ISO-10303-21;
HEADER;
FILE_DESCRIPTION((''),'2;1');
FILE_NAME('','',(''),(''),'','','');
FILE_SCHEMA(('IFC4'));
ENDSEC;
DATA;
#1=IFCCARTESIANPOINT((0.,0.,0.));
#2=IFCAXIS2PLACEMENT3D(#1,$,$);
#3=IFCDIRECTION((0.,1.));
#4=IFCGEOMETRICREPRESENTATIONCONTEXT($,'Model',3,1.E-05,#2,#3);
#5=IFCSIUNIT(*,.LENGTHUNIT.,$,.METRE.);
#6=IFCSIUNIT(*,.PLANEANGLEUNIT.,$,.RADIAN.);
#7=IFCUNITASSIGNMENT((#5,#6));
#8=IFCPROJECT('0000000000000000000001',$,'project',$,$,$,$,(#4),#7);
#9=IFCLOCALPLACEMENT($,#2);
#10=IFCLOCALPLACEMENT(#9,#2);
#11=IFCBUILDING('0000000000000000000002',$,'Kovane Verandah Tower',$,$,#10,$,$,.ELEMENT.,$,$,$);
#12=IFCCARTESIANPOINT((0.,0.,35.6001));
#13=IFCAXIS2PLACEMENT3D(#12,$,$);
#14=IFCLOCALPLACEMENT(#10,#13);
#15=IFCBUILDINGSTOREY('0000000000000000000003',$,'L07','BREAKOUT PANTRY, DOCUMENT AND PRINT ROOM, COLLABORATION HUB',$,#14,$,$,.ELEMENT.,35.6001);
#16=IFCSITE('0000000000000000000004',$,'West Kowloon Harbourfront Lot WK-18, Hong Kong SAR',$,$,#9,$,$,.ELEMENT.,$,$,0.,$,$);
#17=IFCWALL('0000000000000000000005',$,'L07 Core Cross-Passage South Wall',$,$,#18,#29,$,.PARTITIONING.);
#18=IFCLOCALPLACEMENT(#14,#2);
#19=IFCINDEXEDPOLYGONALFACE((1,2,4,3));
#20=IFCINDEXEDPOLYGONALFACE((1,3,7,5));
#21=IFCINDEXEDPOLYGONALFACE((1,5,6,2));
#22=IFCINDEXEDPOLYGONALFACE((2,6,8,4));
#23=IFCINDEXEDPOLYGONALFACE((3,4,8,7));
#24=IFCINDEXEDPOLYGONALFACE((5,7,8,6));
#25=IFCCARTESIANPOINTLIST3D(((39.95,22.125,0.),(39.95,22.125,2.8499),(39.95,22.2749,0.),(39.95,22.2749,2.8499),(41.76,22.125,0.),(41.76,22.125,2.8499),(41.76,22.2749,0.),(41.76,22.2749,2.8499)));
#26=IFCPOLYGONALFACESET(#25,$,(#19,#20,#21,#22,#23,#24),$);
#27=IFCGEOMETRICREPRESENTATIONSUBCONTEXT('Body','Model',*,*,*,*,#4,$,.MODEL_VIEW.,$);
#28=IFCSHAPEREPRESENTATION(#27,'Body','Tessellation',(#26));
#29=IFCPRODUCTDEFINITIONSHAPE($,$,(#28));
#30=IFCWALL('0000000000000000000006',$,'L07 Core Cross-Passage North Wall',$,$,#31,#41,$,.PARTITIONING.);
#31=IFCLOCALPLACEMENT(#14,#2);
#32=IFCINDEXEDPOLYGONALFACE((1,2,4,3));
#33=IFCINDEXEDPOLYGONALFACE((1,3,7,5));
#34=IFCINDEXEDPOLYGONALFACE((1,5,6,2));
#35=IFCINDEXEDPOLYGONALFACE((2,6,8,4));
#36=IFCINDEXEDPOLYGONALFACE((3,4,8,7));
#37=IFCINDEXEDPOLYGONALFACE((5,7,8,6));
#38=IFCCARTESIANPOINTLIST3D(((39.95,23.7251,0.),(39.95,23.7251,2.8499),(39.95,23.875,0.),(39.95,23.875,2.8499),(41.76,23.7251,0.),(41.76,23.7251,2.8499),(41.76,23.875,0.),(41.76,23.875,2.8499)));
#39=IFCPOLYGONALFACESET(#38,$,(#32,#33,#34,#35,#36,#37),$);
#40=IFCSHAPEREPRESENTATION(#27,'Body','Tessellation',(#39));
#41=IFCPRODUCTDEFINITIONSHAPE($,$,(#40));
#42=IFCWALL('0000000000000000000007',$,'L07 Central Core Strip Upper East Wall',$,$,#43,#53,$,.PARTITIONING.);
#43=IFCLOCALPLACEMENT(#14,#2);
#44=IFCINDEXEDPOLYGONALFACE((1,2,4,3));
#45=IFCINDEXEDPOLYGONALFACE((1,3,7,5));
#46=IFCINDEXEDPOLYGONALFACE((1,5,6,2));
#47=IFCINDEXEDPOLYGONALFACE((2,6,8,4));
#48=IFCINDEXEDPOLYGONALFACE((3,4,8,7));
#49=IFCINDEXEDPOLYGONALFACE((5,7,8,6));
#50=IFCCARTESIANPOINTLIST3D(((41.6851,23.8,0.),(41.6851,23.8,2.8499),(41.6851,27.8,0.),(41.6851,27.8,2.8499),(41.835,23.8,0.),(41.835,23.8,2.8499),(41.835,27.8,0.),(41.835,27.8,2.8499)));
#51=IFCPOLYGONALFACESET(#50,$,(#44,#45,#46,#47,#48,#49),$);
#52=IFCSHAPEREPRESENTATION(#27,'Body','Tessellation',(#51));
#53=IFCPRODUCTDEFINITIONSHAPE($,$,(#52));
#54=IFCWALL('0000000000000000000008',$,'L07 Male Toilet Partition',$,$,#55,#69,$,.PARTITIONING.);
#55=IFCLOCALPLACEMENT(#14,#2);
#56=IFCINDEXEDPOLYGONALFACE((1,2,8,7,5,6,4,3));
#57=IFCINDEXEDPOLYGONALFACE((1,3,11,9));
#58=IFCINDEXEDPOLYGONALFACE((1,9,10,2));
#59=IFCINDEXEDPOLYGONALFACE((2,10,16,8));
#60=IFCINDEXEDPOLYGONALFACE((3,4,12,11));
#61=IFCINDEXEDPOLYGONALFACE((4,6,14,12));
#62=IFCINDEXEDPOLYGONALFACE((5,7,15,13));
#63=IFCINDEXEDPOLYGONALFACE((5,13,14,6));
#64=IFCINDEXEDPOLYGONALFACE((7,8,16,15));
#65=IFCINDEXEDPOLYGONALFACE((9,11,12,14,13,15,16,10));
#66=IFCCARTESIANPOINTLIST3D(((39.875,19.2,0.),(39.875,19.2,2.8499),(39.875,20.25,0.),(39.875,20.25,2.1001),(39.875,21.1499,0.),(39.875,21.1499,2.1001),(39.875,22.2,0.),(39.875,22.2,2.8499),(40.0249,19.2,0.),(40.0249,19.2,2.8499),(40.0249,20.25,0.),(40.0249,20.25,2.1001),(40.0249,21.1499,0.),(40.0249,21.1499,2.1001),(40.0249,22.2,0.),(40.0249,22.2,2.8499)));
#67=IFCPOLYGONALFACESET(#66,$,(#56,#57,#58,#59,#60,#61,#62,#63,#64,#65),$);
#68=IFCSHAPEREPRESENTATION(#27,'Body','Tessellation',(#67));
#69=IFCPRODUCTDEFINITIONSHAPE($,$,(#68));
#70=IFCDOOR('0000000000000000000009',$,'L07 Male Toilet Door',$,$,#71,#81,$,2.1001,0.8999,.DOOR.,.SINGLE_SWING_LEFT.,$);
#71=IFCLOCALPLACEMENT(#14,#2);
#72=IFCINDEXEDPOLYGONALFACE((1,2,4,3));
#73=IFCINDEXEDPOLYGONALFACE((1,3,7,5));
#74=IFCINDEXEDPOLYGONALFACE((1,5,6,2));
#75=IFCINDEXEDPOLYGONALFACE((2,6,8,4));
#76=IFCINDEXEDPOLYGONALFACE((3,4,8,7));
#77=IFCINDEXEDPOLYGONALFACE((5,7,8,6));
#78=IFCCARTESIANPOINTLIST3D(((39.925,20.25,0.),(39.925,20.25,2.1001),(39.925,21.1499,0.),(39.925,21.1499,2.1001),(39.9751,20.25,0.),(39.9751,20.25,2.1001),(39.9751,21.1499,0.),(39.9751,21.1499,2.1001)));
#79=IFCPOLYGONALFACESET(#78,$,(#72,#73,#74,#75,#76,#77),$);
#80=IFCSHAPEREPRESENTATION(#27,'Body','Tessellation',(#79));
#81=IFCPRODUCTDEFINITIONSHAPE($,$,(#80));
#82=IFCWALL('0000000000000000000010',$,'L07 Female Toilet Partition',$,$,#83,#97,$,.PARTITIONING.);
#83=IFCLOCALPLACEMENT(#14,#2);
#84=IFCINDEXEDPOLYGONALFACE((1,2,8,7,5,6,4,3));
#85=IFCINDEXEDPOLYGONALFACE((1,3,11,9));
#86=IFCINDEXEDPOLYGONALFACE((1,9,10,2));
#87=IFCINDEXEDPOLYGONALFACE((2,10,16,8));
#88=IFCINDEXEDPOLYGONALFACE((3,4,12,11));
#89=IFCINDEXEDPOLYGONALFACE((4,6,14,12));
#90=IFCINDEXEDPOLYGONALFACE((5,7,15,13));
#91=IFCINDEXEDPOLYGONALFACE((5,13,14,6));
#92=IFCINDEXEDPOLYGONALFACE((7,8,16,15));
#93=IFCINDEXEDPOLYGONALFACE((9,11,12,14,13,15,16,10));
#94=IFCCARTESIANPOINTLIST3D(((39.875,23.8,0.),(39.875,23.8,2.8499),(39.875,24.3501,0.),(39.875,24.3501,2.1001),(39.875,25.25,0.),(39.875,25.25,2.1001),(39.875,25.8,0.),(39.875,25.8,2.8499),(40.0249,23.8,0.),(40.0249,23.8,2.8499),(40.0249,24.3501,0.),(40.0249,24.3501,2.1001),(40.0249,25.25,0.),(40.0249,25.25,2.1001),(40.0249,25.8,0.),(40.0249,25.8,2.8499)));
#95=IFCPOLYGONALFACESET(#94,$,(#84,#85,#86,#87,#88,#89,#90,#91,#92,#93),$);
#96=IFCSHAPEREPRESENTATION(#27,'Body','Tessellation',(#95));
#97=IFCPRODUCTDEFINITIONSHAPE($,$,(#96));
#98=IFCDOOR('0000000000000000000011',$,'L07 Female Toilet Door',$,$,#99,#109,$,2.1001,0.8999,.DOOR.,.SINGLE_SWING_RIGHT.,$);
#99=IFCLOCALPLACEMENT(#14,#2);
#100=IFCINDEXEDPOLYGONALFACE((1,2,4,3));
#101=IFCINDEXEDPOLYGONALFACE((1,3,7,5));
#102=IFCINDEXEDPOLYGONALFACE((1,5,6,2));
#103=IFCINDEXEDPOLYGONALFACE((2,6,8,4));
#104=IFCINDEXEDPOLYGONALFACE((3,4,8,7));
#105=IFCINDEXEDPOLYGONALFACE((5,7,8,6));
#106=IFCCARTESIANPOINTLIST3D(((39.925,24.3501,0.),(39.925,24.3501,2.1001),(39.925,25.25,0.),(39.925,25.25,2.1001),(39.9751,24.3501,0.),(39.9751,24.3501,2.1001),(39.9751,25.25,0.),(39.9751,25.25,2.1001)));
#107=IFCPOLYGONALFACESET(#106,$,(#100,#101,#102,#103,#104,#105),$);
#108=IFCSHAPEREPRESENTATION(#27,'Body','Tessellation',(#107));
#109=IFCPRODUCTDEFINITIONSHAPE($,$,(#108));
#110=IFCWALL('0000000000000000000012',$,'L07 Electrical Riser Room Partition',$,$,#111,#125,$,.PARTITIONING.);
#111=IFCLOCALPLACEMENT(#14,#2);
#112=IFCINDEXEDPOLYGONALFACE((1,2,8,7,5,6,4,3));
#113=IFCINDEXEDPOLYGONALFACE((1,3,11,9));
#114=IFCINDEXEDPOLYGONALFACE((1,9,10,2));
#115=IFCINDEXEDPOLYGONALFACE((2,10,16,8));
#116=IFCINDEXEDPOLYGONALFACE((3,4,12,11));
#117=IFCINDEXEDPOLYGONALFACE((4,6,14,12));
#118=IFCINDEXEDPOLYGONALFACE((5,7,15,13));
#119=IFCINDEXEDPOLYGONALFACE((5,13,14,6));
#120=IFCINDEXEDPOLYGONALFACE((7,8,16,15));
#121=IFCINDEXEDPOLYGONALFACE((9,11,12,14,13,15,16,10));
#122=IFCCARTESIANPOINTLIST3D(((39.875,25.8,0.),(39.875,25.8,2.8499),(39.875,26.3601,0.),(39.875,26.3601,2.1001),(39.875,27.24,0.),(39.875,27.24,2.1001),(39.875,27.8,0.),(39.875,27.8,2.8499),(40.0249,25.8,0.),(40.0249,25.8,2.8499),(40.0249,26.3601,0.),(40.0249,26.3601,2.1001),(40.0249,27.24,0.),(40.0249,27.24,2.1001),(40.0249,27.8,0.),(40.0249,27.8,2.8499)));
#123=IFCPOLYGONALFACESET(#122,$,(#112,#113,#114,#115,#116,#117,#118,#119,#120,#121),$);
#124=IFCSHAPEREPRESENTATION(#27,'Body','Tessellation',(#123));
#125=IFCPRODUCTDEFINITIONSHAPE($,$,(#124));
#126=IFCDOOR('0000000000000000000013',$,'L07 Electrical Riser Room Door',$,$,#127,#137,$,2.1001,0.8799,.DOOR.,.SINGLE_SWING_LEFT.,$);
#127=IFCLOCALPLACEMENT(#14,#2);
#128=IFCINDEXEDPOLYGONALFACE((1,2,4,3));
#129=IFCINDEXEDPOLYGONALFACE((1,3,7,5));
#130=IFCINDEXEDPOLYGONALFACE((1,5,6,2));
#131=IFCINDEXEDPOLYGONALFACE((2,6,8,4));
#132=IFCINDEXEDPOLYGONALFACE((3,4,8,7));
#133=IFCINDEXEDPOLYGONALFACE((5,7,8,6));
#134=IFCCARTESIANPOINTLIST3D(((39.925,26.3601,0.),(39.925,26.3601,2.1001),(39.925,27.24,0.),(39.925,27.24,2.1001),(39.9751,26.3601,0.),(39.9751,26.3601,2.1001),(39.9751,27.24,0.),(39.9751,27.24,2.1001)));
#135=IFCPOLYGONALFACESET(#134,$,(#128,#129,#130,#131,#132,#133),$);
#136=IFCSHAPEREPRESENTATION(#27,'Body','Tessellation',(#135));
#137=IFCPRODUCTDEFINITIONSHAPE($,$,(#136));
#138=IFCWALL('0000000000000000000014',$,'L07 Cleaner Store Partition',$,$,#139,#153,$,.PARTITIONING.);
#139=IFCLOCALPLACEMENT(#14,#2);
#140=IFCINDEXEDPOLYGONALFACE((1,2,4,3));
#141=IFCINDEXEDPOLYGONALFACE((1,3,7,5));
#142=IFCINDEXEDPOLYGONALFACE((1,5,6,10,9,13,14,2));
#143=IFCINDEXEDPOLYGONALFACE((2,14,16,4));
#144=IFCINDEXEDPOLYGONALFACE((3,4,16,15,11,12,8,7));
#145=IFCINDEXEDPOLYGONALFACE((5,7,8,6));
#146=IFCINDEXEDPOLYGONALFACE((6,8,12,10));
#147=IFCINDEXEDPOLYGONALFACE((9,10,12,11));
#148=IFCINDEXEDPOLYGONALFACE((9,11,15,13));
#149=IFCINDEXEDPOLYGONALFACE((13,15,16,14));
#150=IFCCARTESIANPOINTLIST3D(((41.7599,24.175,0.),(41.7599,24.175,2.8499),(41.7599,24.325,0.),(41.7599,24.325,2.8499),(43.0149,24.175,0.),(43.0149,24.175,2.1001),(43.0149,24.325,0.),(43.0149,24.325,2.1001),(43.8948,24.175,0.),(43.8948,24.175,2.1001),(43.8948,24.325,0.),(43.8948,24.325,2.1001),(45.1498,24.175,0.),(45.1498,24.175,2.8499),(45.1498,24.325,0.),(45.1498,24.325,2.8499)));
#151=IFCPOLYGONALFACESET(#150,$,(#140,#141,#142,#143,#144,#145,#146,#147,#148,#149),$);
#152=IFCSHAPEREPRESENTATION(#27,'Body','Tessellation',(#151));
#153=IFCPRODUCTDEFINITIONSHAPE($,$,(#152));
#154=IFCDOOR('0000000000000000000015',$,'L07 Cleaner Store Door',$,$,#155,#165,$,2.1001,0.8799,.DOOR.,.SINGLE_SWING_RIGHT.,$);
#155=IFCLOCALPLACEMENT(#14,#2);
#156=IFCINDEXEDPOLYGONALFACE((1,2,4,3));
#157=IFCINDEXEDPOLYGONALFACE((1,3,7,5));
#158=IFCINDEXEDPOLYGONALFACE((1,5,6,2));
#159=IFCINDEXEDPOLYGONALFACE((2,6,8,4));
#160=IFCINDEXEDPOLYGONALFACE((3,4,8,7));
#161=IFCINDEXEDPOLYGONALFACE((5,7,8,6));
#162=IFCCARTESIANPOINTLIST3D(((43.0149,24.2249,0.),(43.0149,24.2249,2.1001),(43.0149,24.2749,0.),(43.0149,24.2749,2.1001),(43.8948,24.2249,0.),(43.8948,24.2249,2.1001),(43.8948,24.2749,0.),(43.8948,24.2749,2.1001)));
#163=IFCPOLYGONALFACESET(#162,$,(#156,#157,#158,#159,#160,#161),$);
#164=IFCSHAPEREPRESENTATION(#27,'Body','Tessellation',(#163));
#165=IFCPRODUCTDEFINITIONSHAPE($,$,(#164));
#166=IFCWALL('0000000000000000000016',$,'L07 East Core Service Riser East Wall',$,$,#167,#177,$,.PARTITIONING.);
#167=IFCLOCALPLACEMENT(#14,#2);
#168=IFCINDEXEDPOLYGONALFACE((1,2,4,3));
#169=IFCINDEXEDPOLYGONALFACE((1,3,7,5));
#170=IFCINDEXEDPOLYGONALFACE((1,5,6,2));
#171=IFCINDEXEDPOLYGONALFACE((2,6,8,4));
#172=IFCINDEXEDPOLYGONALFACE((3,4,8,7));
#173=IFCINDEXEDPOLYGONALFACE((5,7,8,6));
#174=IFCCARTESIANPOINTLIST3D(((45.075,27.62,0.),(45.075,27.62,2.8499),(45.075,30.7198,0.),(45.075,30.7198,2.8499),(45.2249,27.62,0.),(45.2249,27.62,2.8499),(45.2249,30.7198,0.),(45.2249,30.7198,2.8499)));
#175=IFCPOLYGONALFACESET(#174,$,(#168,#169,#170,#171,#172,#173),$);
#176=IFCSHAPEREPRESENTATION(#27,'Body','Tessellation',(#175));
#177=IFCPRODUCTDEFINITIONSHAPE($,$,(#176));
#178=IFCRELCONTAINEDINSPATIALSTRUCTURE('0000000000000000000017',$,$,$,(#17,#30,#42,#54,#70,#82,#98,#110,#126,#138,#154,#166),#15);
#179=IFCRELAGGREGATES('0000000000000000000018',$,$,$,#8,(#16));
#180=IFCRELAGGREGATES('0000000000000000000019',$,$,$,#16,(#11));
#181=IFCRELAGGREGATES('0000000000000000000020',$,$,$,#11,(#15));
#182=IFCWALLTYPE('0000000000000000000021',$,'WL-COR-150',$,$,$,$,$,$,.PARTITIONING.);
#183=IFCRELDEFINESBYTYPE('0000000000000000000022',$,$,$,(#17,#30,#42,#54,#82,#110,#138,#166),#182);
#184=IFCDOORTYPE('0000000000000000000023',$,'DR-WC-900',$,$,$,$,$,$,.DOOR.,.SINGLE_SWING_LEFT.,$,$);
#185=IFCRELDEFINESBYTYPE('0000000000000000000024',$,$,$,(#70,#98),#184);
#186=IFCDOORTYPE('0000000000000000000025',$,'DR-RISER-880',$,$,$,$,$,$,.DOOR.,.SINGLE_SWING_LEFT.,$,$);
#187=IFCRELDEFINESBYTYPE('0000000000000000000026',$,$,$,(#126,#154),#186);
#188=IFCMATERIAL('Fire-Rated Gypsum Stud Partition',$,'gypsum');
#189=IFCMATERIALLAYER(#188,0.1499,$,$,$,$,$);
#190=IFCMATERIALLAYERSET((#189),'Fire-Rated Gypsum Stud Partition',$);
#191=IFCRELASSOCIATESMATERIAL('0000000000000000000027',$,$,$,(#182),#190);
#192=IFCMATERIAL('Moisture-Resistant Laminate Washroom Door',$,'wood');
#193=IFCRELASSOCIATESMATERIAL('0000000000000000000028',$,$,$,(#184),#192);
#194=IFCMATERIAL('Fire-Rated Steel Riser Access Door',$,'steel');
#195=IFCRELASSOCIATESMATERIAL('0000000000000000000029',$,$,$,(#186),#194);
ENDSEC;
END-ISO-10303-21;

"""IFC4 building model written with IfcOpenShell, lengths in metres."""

from ifc_helpers import new_model, si_unit, direction, frame, frame_2d, origin, place, context, subcontext, project, spatial, rectangle, extrude, material, layer, layer_set, type_object, element, fill, save


model = new_model("IFC4")

# Units and contexts
model_context = context("Model", 3, precision=1e-05, world=origin(), true_north=direction((0.0, 1.0)))
body_context = subcontext(model_context, "Body", "Model", "MODEL_VIEW")
ifc_project = project(units=[si_unit("LENGTHUNIT", "METRE"), si_unit("PLANEANGLEUNIT", "RADIAN")], contexts=[model_context])

# Site, building, storey
site_placement = place(None, origin())
site = spatial("IfcSite", under=ifc_project, at=site_placement, Name="West Kowloon Harbourfront Lot WK-18, Hong Kong SAR", CompositionType="ELEMENT", RefElevation=0.0)
building_placement = place(site_placement, origin())
building = spatial("IfcBuilding", under=site, at=building_placement, Name="Kovane Verandah Tower", CompositionType="ELEMENT")
storey_placement = place(building_placement, frame((0.0, 0.0, 35.6001)))
storey = spatial("IfcBuildingStorey", under=building, at=storey_placement, Name="L07", Description="BREAKOUT PANTRY, DOCUMENT AND PRINT ROOM, COLLABORATION HUB", CompositionType="ELEMENT", Elevation=35.6001)

# Walls
ifc_material_1 = material(Name="Fire-Rated Gypsum Stud Partition", Category="gypsum")
ifc_layer_1 = layer(ifc_material_1, 0.1499)
ifc_layer_set_1 = layer_set([ifc_layer_1], Name="Fire-Rated Gypsum Stud Partition")
wall_type_1 = type_object("IfcWallType", Name="WL-COR-150", PredefinedType="PARTITIONING", material=ifc_layer_set_1)
for number, where, z_axis, x_axis, name in (
    (1, (39.95, 22.2, 0.0), (0.0, 0.0, 1.0), (1.0, 0.0, 0.0), "L07 Core Cross-Passage South Wall"),
    (2, (39.95, 23.8, 0.0), (0.0, 0.0, 1.0), (1.0, 0.0, 0.0), "L07 Core Cross-Passage North Wall"),
):
    element("IfcWall", number, at=place(storey_placement, frame(where, z_axis=z_axis, x_axis=x_axis)), inside=storey, type_object=wall_type_1, Name=name, PredefinedType="PARTITIONING", context=body_context, shape_type="SweptSolid", body=[
        extrude(rectangle(XDim=1.8101, YDim=0.1499, at=frame_2d((0.905, 0.0))), origin(), (0.0, 0.0, 1.0), 2.8499),
    ])
wall_1_placement = place(storey_placement, frame((41.76, 23.8, 0.0), z_axis=(0.0, 0.0, 1.0), x_axis=(0.0, 1.0, 0.0)))
element("IfcWall", 3, at=wall_1_placement, inside=storey, type_object=wall_type_1, Name="L07 Central Core Strip Upper East Wall", PredefinedType="PARTITIONING", context=body_context, shape_type="SweptSolid", body=[
    extrude(rectangle(XDim=4.0, YDim=0.1499, at=frame_2d((2.0, 0.0))), origin(), (0.0, 0.0, 1.0), 2.8499),
])

# Walls, openings, doors
wall_2_placement = place(storey_placement, frame((39.95, 19.2, 0.0), z_axis=(0.0, 0.0, 1.0), x_axis=(0.0, 1.0, 0.0)))
wall_2 = element("IfcWall", 4, at=wall_2_placement, inside=storey, type_object=wall_type_1, Name="L07 Male Toilet Partition", PredefinedType="PARTITIONING", context=body_context, shape_type="SweptSolid", body=[
    extrude(rectangle(XDim=3.0, YDim=0.1499, at=frame_2d((1.5, 0.0))), origin(), (0.0, 0.0, 1.0), 2.8499),
])
opening_1_placement = place(wall_2_placement, frame((1.05, 0.0, 0.0)))
opening_1 = element("IfcOpeningElement", 5, at=opening_1_placement, cuts=wall_2, PredefinedType="OPENING", context=body_context, shape_type="SweptSolid", body=[
    extrude(rectangle(XDim=0.8999, YDim=2.1001, at=frame_2d((0.45, 1.05))), frame((0.0, 0.075, 0.0), z_axis=(0.0, -1.0, 0.0), x_axis=(1.0, 0.0, 0.0)), (0.0, 0.0, 1.0), 0.1499),
])
ifc_material_2 = material(Name="Moisture-Resistant Laminate Washroom Door", Category="wood")
door_type_1 = type_object("IfcDoorType", Name="DR-WC-900", OperationType="SINGLE_SWING_LEFT", PredefinedType="DOOR", material=ifc_material_2)
door_1_placement = place(opening_1_placement, origin())
door_1 = element("IfcDoor", 6, at=door_1_placement, inside=storey, type_object=door_type_1, Name="L07 Male Toilet Door", OperationType="SINGLE_SWING_LEFT", OverallHeight=2.1001, OverallWidth=0.8999, PredefinedType="DOOR", context=body_context, shape_type="SweptSolid", body=[
    extrude(rectangle(XDim=0.8999, YDim=2.1001, at=frame_2d((0.45, 1.05))), frame((0.0, 0.0249, 0.0), z_axis=(0.0, -1.0, 0.0), x_axis=(1.0, 0.0, 0.0)), (0.0, 0.0, 1.0), 0.05),
])
fill(opening_1, door_1)
wall_3_placement = place(storey_placement, frame((39.95, 23.8, 0.0), z_axis=(0.0, 0.0, 1.0), x_axis=(0.0, 1.0, 0.0)))
wall_3 = element("IfcWall", 7, at=wall_3_placement, inside=storey, type_object=wall_type_1, Name="L07 Female Toilet Partition", PredefinedType="PARTITIONING", context=body_context, shape_type="SweptSolid", body=[
    extrude(rectangle(XDim=2.0, YDim=0.1499, at=frame_2d((1.0, 0.0))), origin(), (0.0, 0.0, 1.0), 2.8499),
])
opening_2_placement = place(wall_3_placement, frame((0.55, 0.0, 0.0)))
opening_2 = element("IfcOpeningElement", 8, at=opening_2_placement, cuts=wall_3, PredefinedType="OPENING", context=body_context, shape_type="SweptSolid", body=[
    extrude(rectangle(XDim=0.8999, YDim=2.1001, at=frame_2d((0.45, 1.05))), frame((0.0, 0.075, 0.0), z_axis=(0.0, -1.0, 0.0), x_axis=(1.0, 0.0, 0.0)), (0.0, 0.0, 1.0), 0.1499),
])
door_2_placement = place(opening_2_placement, origin())
door_2 = element("IfcDoor", 9, at=door_2_placement, inside=storey, type_object=door_type_1, Name="L07 Female Toilet Door", OperationType="SINGLE_SWING_RIGHT", OverallHeight=2.1001, OverallWidth=0.8999, PredefinedType="DOOR", context=body_context, shape_type="SweptSolid", body=[
    extrude(rectangle(XDim=0.8999, YDim=2.1001, at=frame_2d((0.45, 1.05))), frame((0.0, 0.0249, 0.0), z_axis=(0.0, -1.0, 0.0), x_axis=(1.0, 0.0, 0.0)), (0.0, 0.0, 1.0), 0.05),
])
fill(opening_2, door_2)
wall_4_placement = place(storey_placement, frame((39.95, 25.8, 0.0), z_axis=(0.0, 0.0, 1.0), x_axis=(0.0, 1.0, 0.0)))
wall_4 = element("IfcWall", 10, at=wall_4_placement, inside=storey, type_object=wall_type_1, Name="L07 Electrical Riser Room Partition", PredefinedType="PARTITIONING", context=body_context, shape_type="SweptSolid", body=[
    extrude(rectangle(XDim=2.0, YDim=0.1499, at=frame_2d((1.0, 0.0))), origin(), (0.0, 0.0, 1.0), 2.8499),
])
opening_3_placement = place(wall_4_placement, frame((0.5601, 0.0, 0.0)))
opening_3 = element("IfcOpeningElement", 11, at=opening_3_placement, cuts=wall_4, PredefinedType="OPENING", context=body_context, shape_type="SweptSolid", body=[
    extrude(rectangle(XDim=0.8799, YDim=2.1001, at=frame_2d((0.4399, 1.05))), frame((0.0, 0.075, 0.0), z_axis=(0.0, -1.0, 0.0), x_axis=(1.0, 0.0, 0.0)), (0.0, 0.0, 1.0), 0.1499),
])
ifc_material_3 = material(Name="Fire-Rated Steel Riser Access Door", Category="steel")
door_type_2 = type_object("IfcDoorType", Name="DR-RISER-880", OperationType="SINGLE_SWING_LEFT", PredefinedType="DOOR", material=ifc_material_3)
door_3_placement = place(opening_3_placement, origin())
door_3 = element("IfcDoor", 12, at=door_3_placement, inside=storey, type_object=door_type_2, Name="L07 Electrical Riser Room Door", OperationType="SINGLE_SWING_LEFT", OverallHeight=2.1001, OverallWidth=0.8799, PredefinedType="DOOR", context=body_context, shape_type="SweptSolid", body=[
    extrude(rectangle(XDim=0.8799, YDim=2.1001, at=frame_2d((0.4399, 1.05))), frame((0.0, 0.0249, 0.0), z_axis=(0.0, -1.0, 0.0), x_axis=(1.0, 0.0, 0.0)), (0.0, 0.0, 1.0), 0.05),
])
fill(opening_3, door_3)
wall_5_placement = place(storey_placement, frame((41.76, 24.25, 0.0), z_axis=(0.0, 0.0, 1.0), x_axis=(1.0, 0.0, 0.0)))
wall_5 = element("IfcWall", 13, at=wall_5_placement, inside=storey, type_object=wall_type_1, Name="L07 Cleaner Store Partition", PredefinedType="PARTITIONING", context=body_context, shape_type="SweptSolid", body=[
    extrude(rectangle(XDim=3.3899, YDim=0.1499, at=frame_2d((1.6948, 0.0))), origin(), (0.0, 0.0, 1.0), 2.8499),
])
opening_4_placement = place(wall_5_placement, frame((1.2549, 0.0, 0.0)))
opening_4 = element("IfcOpeningElement", 14, at=opening_4_placement, cuts=wall_5, PredefinedType="OPENING", context=body_context, shape_type="SweptSolid", body=[
    extrude(rectangle(XDim=0.8799, YDim=2.1001, at=frame_2d((0.4399, 1.05))), frame((0.0, 0.075, 0.0), z_axis=(0.0, -1.0, 0.0), x_axis=(1.0, 0.0, 0.0)), (0.0, 0.0, 1.0), 0.1499),
])
door_4_placement = place(opening_4_placement, origin())
door_4 = element("IfcDoor", 15, at=door_4_placement, inside=storey, type_object=door_type_2, Name="L07 Cleaner Store Door", OperationType="SINGLE_SWING_RIGHT", OverallHeight=2.1001, OverallWidth=0.8799, PredefinedType="DOOR", context=body_context, shape_type="SweptSolid", body=[
    extrude(rectangle(XDim=0.8799, YDim=2.1001, at=frame_2d((0.4399, 1.05))), frame((0.0, 0.0249, 0.0), z_axis=(0.0, -1.0, 0.0), x_axis=(1.0, 0.0, 0.0)), (0.0, 0.0, 1.0), 0.05),
])
fill(opening_4, door_4)

# Wall
wall_6_placement = place(storey_placement, frame((45.1499, 27.6201, 0.0), z_axis=(0.0, 0.0, 1.0), x_axis=(0.0, 1.0, 0.0)))
element("IfcWall", 16, at=wall_6_placement, inside=storey, type_object=wall_type_1, Name="L07 East Core Service Riser East Wall", PredefinedType="PARTITIONING", context=body_context, shape_type="SweptSolid", body=[
    extrude(rectangle(XDim=3.0999, YDim=0.1499, at=frame_2d((1.5498, 0.0))), origin(), (0.0, 0.0, 1.0), 2.8499),
])

save(model, "model.ifc")
